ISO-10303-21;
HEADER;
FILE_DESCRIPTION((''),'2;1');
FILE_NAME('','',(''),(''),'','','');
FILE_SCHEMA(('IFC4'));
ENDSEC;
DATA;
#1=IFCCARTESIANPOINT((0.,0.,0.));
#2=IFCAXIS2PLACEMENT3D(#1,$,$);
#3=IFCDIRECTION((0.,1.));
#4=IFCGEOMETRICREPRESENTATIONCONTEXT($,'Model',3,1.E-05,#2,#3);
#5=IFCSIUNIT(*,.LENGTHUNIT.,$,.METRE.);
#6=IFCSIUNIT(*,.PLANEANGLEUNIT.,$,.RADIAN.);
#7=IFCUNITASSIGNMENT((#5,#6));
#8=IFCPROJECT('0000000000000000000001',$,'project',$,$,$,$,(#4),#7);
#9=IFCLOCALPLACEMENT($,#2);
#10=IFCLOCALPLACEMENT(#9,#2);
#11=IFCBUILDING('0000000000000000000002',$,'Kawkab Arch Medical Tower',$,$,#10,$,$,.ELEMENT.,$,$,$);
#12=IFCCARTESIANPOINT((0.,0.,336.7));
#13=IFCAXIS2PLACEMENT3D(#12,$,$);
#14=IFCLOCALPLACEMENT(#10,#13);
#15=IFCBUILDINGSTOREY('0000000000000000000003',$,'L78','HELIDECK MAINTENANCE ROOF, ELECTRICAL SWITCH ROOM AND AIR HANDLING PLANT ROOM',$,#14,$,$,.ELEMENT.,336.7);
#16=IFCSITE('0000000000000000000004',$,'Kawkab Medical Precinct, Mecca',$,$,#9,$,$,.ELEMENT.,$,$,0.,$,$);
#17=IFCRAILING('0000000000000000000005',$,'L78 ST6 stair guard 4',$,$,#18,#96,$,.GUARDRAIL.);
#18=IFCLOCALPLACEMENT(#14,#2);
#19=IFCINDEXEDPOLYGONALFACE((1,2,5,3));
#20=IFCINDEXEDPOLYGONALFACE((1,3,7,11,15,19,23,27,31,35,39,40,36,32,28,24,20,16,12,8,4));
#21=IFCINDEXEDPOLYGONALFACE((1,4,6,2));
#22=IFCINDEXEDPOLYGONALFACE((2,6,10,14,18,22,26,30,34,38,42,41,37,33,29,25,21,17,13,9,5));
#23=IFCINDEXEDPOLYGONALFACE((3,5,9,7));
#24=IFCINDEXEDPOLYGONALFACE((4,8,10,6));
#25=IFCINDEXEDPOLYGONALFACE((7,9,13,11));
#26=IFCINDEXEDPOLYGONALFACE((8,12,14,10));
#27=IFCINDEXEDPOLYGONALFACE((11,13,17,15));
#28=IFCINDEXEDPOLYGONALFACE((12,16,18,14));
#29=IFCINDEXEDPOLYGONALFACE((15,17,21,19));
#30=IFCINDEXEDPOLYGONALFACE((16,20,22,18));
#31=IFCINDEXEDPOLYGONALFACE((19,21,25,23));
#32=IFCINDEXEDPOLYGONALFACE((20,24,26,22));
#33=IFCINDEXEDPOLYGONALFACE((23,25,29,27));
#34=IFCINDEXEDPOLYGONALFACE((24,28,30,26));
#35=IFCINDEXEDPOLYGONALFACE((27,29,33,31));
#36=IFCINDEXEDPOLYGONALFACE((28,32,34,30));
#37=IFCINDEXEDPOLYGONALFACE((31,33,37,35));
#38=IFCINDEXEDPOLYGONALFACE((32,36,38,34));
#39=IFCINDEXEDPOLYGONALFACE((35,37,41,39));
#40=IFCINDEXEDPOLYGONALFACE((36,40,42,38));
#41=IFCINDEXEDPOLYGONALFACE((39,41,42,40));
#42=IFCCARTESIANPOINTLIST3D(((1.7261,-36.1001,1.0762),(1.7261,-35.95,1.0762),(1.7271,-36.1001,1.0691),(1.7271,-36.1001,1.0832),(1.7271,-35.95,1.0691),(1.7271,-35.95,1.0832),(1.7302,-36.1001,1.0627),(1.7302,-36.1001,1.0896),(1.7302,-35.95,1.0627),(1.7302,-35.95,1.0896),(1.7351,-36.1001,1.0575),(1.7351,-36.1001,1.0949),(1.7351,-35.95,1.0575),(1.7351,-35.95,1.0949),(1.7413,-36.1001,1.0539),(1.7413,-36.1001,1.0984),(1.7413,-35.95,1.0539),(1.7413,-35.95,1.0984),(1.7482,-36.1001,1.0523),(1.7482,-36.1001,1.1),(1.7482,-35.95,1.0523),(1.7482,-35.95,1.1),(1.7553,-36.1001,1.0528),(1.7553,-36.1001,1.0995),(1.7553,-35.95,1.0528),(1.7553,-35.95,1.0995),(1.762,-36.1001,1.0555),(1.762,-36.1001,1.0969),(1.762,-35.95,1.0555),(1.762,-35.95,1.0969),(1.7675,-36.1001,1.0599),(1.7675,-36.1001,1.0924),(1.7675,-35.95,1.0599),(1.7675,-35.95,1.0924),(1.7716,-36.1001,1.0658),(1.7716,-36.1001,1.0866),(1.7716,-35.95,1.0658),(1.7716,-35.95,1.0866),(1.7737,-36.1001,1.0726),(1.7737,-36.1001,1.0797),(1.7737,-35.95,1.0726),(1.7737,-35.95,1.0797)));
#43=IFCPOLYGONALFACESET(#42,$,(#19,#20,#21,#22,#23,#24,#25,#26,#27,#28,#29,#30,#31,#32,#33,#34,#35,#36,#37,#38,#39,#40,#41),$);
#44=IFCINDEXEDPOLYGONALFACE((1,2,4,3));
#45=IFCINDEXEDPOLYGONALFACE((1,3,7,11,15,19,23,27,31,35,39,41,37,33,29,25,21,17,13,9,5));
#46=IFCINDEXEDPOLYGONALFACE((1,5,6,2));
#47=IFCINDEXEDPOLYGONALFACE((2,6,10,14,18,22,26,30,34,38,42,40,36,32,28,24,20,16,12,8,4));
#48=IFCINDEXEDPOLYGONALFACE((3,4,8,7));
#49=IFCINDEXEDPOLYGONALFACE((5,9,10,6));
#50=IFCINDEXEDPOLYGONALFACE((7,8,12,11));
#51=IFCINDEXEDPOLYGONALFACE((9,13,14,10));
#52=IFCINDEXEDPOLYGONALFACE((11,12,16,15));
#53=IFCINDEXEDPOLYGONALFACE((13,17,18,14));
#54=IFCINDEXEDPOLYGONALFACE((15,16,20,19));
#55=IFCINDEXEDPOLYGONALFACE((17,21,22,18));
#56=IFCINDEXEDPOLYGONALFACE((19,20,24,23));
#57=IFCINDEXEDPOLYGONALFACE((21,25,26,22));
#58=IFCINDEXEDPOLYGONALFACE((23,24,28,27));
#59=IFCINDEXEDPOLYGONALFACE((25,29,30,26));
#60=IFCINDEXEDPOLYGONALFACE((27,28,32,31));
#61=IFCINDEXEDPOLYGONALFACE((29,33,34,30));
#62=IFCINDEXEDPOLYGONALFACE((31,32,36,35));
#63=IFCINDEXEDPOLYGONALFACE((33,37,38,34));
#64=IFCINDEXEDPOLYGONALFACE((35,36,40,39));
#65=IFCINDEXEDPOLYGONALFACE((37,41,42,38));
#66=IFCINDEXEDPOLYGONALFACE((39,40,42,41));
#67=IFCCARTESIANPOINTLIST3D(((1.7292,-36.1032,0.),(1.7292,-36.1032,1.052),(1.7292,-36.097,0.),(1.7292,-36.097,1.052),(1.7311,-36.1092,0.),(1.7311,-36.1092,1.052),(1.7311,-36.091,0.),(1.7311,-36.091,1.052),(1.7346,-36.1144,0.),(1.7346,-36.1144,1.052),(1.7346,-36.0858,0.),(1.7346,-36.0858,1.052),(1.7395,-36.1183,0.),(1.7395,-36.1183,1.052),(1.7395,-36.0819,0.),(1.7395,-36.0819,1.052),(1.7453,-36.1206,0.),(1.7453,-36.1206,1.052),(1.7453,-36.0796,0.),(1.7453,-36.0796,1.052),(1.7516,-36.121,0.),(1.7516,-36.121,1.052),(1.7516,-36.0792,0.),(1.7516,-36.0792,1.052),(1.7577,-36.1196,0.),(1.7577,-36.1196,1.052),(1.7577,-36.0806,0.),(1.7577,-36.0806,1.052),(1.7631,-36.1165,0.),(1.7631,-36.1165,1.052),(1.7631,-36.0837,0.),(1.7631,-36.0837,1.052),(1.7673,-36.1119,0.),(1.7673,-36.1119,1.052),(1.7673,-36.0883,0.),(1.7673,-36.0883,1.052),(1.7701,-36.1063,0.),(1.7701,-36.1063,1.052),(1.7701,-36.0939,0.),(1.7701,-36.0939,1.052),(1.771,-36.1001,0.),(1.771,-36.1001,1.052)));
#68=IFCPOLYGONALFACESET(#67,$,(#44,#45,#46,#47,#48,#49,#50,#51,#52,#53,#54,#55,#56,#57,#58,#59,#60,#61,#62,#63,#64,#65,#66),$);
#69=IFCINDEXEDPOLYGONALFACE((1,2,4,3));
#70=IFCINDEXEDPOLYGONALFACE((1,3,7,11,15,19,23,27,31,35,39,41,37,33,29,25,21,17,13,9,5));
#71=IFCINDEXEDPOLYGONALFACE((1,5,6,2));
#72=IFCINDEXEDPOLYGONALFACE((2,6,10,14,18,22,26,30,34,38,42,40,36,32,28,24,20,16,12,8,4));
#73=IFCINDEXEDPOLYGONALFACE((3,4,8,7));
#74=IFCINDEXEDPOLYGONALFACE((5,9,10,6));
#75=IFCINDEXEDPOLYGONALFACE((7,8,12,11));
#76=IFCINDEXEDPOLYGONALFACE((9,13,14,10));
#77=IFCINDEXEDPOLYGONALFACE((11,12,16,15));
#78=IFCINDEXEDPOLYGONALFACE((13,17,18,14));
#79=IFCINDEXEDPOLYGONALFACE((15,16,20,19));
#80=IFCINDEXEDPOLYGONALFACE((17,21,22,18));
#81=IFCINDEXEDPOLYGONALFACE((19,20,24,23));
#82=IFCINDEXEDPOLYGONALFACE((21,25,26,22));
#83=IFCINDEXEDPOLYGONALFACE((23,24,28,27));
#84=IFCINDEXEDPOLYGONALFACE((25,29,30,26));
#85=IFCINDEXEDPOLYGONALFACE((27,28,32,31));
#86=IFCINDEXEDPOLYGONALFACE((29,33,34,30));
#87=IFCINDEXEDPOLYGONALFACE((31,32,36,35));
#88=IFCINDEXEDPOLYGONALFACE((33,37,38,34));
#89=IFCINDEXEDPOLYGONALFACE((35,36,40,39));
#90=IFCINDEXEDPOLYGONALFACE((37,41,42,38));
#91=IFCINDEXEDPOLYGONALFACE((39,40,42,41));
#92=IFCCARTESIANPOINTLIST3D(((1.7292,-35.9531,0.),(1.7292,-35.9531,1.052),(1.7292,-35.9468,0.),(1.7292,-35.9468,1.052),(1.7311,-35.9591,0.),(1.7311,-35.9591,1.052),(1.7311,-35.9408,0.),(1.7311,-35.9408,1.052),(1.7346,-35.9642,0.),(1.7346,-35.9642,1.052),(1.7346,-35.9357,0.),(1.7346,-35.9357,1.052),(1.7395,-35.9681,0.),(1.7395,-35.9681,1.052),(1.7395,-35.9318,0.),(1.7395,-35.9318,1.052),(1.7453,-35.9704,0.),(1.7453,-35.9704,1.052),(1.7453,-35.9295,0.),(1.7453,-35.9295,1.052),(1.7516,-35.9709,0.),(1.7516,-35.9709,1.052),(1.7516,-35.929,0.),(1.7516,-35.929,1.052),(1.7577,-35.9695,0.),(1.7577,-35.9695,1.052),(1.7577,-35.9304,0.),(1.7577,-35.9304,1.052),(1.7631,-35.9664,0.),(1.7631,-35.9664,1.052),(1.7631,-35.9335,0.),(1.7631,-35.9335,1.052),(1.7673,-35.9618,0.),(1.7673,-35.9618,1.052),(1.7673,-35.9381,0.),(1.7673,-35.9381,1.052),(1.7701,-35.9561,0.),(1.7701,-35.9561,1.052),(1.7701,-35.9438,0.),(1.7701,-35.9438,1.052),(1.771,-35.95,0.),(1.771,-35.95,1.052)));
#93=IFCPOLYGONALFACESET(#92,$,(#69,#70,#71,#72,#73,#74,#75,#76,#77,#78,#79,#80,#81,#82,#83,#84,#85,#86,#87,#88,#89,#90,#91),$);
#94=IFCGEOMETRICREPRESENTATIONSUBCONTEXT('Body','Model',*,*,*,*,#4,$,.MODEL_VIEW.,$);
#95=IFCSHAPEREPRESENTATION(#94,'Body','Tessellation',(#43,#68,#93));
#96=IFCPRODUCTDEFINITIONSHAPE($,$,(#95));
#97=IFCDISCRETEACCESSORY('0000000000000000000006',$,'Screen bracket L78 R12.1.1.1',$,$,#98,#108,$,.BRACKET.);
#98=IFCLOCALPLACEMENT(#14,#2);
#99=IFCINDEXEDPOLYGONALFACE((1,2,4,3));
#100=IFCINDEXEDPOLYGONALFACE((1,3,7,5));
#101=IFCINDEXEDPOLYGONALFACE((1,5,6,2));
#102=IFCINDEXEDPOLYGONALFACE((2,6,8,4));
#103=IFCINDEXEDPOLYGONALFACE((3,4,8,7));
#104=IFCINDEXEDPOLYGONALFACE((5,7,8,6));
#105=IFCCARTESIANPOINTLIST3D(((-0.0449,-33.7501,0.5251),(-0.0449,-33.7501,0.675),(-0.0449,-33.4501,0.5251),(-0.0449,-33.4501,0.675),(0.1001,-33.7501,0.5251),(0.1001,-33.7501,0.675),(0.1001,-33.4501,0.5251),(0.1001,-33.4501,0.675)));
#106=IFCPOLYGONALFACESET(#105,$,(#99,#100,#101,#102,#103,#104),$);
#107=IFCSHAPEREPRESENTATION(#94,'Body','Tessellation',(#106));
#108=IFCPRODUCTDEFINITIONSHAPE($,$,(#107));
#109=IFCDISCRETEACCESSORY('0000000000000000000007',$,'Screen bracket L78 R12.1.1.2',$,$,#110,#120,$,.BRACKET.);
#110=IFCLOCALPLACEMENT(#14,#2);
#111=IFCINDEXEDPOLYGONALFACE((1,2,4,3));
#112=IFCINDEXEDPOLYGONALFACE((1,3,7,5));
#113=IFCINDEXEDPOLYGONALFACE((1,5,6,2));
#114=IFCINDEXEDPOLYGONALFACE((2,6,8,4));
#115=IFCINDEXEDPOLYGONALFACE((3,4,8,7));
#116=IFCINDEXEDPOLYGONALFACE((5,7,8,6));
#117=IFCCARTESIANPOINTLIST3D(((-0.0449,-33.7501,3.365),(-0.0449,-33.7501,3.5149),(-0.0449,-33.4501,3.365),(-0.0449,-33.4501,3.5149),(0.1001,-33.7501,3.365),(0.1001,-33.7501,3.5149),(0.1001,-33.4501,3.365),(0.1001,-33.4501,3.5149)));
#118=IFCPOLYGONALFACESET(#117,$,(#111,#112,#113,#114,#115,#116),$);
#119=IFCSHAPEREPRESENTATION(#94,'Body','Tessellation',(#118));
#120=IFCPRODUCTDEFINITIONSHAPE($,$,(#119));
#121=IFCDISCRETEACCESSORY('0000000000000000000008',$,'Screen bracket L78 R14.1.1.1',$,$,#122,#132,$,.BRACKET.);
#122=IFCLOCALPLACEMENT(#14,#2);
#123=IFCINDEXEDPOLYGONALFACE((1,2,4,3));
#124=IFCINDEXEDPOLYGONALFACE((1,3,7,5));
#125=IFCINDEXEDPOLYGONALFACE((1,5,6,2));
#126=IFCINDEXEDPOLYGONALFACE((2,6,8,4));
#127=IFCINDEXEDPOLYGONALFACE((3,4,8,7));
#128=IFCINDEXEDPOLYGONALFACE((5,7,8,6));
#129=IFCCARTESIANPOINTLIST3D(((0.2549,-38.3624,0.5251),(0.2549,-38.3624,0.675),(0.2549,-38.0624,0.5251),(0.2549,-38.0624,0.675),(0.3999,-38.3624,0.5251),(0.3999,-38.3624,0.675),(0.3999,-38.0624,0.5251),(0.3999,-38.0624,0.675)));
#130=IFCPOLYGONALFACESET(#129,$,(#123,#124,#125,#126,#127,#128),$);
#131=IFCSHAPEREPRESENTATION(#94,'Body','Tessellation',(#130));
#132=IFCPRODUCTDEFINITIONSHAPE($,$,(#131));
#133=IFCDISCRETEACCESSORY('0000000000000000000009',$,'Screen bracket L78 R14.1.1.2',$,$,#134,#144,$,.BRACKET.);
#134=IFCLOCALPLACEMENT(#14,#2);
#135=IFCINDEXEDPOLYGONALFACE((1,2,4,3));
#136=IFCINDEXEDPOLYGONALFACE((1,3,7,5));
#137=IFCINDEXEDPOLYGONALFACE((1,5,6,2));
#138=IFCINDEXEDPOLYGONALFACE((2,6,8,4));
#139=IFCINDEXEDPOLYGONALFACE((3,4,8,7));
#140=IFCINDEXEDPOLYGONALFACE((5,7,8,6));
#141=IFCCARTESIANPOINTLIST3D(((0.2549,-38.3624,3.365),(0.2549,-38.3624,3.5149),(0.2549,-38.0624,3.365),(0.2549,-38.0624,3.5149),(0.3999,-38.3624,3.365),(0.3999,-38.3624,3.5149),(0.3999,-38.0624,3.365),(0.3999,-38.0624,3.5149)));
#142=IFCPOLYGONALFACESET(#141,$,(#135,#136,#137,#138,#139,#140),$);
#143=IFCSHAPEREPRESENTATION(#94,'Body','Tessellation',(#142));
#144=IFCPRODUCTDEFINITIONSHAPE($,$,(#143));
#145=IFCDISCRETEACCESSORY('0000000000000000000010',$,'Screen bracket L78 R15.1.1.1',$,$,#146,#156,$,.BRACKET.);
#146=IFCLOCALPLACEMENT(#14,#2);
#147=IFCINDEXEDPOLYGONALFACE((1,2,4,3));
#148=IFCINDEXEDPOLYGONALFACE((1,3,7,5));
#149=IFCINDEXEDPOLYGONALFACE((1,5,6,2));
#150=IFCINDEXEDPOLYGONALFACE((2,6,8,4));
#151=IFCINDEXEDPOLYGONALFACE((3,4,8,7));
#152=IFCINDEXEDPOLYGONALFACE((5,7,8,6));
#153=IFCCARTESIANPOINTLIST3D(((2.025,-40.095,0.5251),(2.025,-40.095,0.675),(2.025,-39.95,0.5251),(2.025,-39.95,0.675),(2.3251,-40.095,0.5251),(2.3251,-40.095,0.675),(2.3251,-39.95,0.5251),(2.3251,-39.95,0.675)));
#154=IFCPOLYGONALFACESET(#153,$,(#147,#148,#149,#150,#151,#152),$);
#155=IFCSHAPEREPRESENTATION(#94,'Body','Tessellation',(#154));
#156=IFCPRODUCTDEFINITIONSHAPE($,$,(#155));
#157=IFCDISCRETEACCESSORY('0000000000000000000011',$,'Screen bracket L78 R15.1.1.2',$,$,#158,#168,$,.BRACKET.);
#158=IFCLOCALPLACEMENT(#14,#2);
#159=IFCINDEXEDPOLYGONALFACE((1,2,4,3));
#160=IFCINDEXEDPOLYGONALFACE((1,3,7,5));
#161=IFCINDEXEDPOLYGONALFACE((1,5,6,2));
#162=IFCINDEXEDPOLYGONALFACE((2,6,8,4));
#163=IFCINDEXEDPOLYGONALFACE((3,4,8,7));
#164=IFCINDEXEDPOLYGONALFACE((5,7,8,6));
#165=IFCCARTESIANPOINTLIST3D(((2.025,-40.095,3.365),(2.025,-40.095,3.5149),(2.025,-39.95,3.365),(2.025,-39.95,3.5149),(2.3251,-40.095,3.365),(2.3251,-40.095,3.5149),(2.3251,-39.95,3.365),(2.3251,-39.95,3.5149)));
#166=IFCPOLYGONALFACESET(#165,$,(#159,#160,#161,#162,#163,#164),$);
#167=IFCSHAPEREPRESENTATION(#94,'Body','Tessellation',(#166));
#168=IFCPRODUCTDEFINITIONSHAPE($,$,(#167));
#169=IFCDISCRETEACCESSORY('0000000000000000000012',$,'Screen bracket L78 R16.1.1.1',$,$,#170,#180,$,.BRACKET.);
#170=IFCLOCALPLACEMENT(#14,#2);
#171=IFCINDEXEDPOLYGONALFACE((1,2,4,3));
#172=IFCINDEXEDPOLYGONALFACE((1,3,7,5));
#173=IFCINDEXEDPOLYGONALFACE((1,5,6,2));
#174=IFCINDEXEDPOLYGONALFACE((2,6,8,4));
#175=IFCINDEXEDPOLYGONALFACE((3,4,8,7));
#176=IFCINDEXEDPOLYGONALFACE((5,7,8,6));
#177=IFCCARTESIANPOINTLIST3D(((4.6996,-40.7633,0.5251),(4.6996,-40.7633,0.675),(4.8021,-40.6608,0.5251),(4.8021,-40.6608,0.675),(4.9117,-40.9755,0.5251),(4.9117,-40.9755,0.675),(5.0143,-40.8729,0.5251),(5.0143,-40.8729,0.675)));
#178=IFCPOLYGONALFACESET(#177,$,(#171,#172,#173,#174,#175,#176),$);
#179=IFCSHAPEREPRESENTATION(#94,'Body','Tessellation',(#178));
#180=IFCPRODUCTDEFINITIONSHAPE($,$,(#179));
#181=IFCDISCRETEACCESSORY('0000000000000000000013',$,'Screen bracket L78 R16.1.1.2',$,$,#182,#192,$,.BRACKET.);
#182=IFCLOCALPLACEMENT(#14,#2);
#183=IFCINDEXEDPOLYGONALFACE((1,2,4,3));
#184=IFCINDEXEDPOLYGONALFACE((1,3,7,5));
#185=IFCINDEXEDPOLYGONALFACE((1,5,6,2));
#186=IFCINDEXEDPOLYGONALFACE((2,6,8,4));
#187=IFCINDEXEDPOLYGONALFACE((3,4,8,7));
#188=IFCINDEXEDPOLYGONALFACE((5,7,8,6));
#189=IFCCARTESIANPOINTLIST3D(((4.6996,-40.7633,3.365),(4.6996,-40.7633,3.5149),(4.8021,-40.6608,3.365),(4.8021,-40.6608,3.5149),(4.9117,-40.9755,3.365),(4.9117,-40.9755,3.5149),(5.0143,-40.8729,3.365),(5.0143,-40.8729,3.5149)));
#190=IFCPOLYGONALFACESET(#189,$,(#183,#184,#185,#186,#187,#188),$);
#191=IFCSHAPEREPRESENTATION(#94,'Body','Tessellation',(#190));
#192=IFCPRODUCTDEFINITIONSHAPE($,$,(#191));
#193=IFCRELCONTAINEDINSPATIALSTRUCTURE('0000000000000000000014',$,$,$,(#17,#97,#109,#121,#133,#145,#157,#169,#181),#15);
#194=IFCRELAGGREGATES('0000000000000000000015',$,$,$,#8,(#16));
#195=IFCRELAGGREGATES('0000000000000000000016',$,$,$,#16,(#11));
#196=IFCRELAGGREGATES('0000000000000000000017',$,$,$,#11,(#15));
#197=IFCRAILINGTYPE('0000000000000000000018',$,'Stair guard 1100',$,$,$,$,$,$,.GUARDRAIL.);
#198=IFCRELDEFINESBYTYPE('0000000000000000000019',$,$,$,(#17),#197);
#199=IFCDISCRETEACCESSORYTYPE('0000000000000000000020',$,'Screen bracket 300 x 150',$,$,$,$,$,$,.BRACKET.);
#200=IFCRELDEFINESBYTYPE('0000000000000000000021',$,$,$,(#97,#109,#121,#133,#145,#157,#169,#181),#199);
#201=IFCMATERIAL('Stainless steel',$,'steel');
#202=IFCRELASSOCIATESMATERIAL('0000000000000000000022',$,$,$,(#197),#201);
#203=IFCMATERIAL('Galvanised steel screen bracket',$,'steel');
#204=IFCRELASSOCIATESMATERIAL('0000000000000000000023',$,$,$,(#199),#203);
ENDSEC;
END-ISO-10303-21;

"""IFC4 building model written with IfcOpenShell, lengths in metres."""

from ifc_helpers import new_model, si_unit, direction, frame, origin, origin_2d, place, context, subcontext, project, spatial, rectangle, circle, extrude, material, type_object, element, save


model = new_model("IFC4")

# Units and contexts
model_context = context("Model", 3, precision=1e-05, world=origin(), true_north=direction((0.0, 1.0)))
body_context = subcontext(model_context, "Body", "Model", "MODEL_VIEW")
ifc_project = project(units=[si_unit("LENGTHUNIT", "METRE"), si_unit("PLANEANGLEUNIT", "RADIAN")], contexts=[model_context])

# Site, building, storey
site_placement = place(None, origin())
site = spatial("IfcSite", under=ifc_project, at=site_placement, Name="Kawkab Medical Precinct, Mecca", CompositionType="ELEMENT", RefElevation=0.0)
building_placement = place(site_placement, origin())
building = spatial("IfcBuilding", under=site, at=building_placement, Name="Kawkab Arch Medical Tower", CompositionType="ELEMENT")
storey_placement = place(building_placement, frame((0.0, 0.0, 336.7)))
storey = spatial("IfcBuildingStorey", under=building, at=storey_placement, Name="L78", Description="HELIDECK MAINTENANCE ROOF, ELECTRICAL SWITCH ROOM AND AIR HANDLING PLANT ROOM", CompositionType="ELEMENT", Elevation=336.7)

# Railing
ifc_material_1 = material(Name="Stainless steel", Category="steel")
railing_type = type_object("IfcRailingType", Name="Stair guard 1100", PredefinedType="GUARDRAIL", material=ifc_material_1)
railing_1_placement = place(storey_placement, frame((1.75, -36.1001, 0.0)))
element("IfcRailing", 1, at=railing_1_placement, inside=storey, type_object=railing_type, Name="L78 ST6 stair guard 4", PredefinedType="GUARDRAIL", context=body_context, shape_type="SweptSolid", body=[
    extrude(circle(Radius=0.0239, at=origin_2d()), frame((0.0, 0.0, 1.0762), z_axis=(0.0, 1.0, 0.0), x_axis=(-1.0, 0.0, 0.0)), (0.0, 0.0, 1.0), 0.1501),
    extrude(circle(Radius=0.021, at=origin_2d()), origin(), (0.0, 0.0, 1.0), 1.052),
    extrude(circle(Radius=0.021, at=origin_2d()), frame((0.0, 0.1501, 0.0)), (0.0, 0.0, 1.0), 1.052),
])

# Discrete accessories
ifc_material_2 = material(Name="Galvanised steel screen bracket", Category="steel")
discrete_accessory_type = type_object("IfcDiscreteAccessoryType", Name="Screen bracket 300 x 150", PredefinedType="BRACKET", material=ifc_material_2)
for number, where, z_axis, x_axis, name in (
    (2, (0.0276, -33.6001, 0.5251), (0.0, 0.0, 1.0), (0.0, -1.0, 0.0), "Screen bracket L78 R12.1.1.1"),
    (3, (0.0276, -33.6001, 3.365), (0.0, 0.0, 1.0), (0.0, -1.0, 0.0), "Screen bracket L78 R12.1.1.2"),
    (4, (0.3274, -38.2124, 0.5251), (0.0, 0.0, 1.0), (0.0, -1.0, 0.0), "Screen bracket L78 R14.1.1.1"),
    (5, (0.3274, -38.2124, 3.365), (0.0, 0.0, 1.0), (0.0, -1.0, 0.0), "Screen bracket L78 R14.1.1.2"),
    (6, (2.175, -40.0225, 0.5251), (0.0, 0.0, 1.0), (1.0, 0.0, 0.0), "Screen bracket L78 R15.1.1.1"),
    (7, (2.175, -40.0225, 3.365), (0.0, 0.0, 1.0), (1.0, 0.0, 0.0), "Screen bracket L78 R15.1.1.2"),
    (8, (4.8569, -40.8181, 0.5251), (0.0, 0.0, 1.0), (0.707107, -0.707107, 0.0), "Screen bracket L78 R16.1.1.1"),
    (9, (4.8569, -40.8181, 3.365), (0.0, 0.0, 1.0), (0.707107, -0.707107, 0.0), "Screen bracket L78 R16.1.1.2"),
):
    element("IfcDiscreteAccessory", number, at=place(storey_placement, frame(where, z_axis=z_axis, x_axis=x_axis)), inside=storey, type_object=discrete_accessory_type, Name=name, PredefinedType="BRACKET", context=body_context, shape_type="SweptSolid", body=[
        extrude(rectangle(XDim=0.3, YDim=0.145, at=origin_2d()), origin(), (0.0, 0.0, 1.0), 0.1499),
    ])

save(model, "model.ifc")
